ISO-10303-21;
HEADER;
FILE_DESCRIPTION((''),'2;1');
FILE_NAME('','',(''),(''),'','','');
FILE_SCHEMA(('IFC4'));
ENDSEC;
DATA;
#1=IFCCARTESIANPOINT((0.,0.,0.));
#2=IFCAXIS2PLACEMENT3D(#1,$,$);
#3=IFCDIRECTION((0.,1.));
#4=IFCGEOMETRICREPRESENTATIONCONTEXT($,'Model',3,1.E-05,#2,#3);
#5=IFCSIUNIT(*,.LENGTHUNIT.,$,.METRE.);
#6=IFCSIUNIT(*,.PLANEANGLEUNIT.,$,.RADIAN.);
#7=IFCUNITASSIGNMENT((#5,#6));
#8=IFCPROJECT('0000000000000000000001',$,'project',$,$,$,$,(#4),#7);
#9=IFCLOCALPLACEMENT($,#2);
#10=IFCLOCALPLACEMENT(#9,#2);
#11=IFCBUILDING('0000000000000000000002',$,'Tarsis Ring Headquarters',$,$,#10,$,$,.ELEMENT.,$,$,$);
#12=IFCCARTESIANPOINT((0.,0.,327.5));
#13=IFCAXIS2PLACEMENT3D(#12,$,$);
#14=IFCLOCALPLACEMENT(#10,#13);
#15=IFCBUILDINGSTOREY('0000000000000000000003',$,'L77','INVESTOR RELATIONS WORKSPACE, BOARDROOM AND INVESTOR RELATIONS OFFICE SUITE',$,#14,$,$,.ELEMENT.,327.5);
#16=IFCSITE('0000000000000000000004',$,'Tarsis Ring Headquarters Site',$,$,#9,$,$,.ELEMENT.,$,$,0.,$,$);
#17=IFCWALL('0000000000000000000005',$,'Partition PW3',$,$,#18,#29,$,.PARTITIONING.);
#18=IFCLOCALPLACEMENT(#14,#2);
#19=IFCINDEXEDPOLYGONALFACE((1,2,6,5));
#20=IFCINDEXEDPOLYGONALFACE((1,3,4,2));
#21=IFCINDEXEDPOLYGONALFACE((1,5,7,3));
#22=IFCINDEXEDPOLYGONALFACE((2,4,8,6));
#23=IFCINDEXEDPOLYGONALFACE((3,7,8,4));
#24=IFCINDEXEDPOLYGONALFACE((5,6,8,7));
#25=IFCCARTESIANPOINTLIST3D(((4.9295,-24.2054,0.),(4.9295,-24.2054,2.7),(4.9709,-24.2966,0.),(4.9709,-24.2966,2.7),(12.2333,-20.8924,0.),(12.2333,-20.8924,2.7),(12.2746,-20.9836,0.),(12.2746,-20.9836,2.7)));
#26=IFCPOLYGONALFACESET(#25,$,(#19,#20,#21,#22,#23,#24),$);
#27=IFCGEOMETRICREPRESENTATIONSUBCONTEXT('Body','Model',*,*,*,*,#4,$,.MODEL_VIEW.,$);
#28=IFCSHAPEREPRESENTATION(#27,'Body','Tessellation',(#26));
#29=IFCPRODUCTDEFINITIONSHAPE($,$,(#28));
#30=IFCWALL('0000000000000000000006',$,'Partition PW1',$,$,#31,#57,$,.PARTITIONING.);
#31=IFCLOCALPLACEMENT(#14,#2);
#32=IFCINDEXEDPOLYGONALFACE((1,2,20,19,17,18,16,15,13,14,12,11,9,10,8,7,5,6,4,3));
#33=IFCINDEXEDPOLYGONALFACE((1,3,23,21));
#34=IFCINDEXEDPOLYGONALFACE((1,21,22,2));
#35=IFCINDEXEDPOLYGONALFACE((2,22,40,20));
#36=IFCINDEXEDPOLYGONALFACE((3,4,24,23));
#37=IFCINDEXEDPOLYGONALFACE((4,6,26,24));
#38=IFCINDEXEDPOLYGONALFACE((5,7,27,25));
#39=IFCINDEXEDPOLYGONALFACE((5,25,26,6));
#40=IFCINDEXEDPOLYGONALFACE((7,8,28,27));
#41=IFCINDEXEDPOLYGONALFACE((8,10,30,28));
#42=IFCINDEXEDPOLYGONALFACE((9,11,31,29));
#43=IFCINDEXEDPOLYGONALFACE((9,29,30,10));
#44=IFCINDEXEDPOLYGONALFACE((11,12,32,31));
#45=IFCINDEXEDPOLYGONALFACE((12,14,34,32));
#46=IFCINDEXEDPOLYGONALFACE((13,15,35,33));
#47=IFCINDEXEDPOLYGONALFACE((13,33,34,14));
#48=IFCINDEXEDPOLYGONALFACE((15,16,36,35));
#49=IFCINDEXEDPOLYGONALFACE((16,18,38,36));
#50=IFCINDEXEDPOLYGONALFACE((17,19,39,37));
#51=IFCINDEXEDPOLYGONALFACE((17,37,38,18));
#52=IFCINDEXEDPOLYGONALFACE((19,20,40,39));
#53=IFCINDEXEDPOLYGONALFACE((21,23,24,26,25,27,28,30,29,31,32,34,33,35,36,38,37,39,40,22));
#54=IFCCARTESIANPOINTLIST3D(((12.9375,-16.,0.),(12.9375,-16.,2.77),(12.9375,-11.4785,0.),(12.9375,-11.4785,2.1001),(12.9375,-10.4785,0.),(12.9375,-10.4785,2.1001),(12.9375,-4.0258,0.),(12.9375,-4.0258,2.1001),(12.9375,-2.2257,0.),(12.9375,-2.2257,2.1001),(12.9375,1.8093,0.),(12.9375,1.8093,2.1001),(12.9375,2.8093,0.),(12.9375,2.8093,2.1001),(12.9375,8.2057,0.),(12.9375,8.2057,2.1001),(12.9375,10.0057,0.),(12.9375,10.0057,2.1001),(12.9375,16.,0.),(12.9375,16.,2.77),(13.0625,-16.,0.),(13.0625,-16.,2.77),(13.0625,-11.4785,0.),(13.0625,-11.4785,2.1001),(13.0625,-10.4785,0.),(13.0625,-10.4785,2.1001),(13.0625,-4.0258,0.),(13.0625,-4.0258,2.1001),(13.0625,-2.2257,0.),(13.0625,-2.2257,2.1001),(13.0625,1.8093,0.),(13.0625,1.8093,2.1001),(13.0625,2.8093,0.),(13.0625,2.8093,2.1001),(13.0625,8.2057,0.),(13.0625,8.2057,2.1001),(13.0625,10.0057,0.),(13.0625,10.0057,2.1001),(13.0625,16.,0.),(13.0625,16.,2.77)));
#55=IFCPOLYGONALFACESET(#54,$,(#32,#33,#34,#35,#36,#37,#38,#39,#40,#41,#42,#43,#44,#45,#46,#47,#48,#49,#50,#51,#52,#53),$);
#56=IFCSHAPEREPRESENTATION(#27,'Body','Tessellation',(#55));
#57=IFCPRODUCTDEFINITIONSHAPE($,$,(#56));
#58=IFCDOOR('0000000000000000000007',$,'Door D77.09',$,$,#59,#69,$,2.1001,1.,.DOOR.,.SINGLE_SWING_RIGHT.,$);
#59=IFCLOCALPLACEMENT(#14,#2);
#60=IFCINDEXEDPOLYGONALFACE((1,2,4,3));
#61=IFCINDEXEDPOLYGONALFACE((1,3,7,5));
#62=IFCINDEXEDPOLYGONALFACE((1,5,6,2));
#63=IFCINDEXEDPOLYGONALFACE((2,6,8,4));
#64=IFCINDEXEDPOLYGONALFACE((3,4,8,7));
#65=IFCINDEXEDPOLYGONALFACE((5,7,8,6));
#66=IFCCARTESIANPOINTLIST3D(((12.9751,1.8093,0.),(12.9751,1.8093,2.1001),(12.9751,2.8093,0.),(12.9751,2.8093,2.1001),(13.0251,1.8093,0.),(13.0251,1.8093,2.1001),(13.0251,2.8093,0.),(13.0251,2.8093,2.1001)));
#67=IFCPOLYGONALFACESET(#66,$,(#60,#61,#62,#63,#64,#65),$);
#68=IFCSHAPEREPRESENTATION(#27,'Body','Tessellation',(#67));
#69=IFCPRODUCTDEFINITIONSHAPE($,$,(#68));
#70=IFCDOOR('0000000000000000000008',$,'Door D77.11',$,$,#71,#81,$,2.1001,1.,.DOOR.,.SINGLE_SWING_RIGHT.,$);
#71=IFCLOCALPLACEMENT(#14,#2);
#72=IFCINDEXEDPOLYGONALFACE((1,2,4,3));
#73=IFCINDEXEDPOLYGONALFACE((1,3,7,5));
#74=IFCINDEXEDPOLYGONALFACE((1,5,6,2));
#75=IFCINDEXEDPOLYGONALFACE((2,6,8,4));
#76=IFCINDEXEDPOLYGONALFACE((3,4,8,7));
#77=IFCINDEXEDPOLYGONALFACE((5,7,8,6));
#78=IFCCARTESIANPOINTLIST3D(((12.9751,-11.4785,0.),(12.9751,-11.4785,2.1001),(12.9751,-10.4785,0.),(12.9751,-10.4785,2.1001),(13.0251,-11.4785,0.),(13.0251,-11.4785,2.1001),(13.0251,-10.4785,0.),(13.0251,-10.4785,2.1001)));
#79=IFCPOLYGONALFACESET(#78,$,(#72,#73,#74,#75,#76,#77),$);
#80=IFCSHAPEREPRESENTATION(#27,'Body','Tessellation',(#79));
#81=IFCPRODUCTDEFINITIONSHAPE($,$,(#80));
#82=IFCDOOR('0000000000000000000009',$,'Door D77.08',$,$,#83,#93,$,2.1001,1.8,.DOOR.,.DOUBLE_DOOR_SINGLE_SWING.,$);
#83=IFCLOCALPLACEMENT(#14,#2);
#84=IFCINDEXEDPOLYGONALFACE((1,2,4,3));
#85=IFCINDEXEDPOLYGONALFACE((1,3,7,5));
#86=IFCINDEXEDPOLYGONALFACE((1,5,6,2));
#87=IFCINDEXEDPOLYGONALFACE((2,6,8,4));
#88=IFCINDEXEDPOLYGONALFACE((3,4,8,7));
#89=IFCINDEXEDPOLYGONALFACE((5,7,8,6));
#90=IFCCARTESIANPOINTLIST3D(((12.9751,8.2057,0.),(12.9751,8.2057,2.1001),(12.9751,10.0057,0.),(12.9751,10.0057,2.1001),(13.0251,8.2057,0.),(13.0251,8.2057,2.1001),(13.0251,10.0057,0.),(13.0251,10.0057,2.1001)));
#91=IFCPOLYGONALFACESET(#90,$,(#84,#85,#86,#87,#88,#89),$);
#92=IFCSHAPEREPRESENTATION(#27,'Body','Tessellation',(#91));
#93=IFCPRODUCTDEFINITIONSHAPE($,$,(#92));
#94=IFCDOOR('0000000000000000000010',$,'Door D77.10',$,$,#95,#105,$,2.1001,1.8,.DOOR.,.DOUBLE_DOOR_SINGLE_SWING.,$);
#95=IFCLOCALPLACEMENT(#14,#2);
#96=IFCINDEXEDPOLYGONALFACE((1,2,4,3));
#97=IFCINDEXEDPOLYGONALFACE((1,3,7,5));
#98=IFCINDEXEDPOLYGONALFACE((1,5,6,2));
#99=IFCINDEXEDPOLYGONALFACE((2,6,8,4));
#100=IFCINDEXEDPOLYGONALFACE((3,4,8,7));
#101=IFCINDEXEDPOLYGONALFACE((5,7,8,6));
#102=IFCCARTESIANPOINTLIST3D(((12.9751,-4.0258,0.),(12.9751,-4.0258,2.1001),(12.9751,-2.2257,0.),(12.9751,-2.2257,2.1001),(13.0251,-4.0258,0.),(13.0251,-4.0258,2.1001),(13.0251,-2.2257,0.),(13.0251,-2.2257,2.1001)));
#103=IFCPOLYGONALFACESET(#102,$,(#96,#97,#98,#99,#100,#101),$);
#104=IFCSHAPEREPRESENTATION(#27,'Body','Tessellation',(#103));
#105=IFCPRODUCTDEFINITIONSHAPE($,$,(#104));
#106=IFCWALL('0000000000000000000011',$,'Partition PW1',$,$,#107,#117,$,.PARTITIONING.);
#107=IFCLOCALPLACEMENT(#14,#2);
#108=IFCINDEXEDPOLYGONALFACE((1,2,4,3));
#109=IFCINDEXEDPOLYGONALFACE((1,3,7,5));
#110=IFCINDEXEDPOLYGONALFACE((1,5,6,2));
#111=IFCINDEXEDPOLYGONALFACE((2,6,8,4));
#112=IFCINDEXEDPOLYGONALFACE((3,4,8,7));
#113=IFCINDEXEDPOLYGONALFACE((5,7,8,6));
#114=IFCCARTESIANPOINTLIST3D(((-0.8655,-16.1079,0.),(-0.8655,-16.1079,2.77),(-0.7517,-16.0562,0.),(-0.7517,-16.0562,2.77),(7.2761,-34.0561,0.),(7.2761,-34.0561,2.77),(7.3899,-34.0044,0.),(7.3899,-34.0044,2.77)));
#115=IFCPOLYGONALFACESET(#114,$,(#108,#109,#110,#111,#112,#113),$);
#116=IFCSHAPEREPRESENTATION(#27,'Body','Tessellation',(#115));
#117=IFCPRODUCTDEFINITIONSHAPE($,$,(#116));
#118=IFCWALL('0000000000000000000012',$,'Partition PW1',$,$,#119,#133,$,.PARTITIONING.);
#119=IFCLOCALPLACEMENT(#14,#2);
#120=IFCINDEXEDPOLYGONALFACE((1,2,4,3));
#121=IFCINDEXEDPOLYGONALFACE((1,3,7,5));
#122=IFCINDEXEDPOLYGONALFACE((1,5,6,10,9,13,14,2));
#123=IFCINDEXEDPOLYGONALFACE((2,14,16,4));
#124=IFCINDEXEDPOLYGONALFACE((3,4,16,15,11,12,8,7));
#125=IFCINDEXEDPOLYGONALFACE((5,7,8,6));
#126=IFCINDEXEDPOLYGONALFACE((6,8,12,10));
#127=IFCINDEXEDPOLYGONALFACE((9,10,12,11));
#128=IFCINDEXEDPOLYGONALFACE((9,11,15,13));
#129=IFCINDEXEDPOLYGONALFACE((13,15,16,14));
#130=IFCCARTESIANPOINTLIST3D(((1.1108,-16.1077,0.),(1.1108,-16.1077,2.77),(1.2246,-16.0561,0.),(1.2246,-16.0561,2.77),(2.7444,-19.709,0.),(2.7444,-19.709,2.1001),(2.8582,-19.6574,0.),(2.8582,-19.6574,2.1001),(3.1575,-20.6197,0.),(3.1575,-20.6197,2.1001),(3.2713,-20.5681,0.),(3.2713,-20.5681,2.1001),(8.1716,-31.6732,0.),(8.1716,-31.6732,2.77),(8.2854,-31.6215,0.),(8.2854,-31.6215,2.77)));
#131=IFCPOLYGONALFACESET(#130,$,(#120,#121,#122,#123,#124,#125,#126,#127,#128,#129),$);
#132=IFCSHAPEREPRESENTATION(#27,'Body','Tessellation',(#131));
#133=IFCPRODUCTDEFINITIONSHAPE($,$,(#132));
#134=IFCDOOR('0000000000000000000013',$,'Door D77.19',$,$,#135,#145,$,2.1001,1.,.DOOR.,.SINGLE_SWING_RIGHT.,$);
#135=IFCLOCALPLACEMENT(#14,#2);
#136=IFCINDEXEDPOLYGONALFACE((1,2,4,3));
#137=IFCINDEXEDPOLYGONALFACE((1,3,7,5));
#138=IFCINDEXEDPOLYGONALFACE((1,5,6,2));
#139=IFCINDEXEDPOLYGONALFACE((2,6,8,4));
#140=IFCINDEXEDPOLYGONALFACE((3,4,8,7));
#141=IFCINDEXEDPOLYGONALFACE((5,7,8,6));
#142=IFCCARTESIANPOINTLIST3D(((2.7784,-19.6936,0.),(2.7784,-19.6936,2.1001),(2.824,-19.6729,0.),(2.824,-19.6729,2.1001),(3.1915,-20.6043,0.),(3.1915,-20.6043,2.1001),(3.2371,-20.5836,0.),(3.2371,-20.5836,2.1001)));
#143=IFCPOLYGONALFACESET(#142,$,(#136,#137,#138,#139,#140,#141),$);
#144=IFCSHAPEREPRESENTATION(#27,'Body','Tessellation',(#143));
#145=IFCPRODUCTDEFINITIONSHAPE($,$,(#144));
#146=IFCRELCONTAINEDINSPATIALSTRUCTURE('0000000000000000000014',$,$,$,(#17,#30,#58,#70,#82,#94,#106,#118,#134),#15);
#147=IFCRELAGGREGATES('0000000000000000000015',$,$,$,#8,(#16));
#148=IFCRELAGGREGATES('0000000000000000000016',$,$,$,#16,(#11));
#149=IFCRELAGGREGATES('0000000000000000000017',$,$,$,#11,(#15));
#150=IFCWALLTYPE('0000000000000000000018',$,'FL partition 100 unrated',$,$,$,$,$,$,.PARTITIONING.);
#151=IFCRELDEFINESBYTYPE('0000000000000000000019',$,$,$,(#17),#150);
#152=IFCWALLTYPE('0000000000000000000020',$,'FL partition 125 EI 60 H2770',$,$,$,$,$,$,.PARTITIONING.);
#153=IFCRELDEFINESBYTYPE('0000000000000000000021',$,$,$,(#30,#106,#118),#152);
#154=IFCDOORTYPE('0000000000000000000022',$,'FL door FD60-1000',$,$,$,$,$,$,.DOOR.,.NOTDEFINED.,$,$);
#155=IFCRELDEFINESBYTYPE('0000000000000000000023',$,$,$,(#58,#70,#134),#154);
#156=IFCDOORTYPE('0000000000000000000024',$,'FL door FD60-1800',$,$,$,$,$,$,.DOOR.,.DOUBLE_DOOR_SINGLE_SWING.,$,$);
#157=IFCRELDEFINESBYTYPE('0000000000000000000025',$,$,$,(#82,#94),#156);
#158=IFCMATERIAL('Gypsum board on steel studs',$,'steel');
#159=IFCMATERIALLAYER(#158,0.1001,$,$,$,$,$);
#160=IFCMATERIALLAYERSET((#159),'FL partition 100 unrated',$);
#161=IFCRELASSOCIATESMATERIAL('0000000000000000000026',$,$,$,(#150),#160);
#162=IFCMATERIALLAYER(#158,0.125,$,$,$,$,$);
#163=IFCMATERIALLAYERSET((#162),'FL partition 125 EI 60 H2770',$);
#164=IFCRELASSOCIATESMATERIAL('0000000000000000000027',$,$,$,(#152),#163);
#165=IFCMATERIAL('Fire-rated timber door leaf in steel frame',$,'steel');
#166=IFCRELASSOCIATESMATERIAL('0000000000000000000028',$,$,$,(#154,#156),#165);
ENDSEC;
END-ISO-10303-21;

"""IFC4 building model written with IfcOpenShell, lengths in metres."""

from ifc_helpers import new_model, si_unit, direction, frame, frame_2d, origin, place, context, subcontext, project, spatial, rectangle, extrude, material, layer, layer_set, type_object, element, fill, save


model = new_model("IFC4")

# Units and contexts
model_context = context("Model", 3, precision=1e-05, world=origin(), true_north=direction((0.0, 1.0)))
body_context = subcontext(model_context, "Body", "Model", "MODEL_VIEW")
ifc_project = project(units=[si_unit("LENGTHUNIT", "METRE"), si_unit("PLANEANGLEUNIT", "RADIAN")], contexts=[model_context])

# Site, building, storey
site_placement = place(None, origin())
site = spatial("IfcSite", under=ifc_project, at=site_placement, Name="Tarsis Ring Headquarters Site", CompositionType="ELEMENT", RefElevation=0.0)
building_placement = place(site_placement, origin())
building = spatial("IfcBuilding", under=site, at=building_placement, Name="Tarsis Ring Headquarters", CompositionType="ELEMENT")
storey_placement = place(building_placement, frame((0.0, 0.0, 327.5)))
storey = spatial("IfcBuildingStorey", under=building, at=storey_placement, Name="L77", Description="INVESTOR RELATIONS WORKSPACE, BOARDROOM AND INVESTOR RELATIONS OFFICE SUITE", CompositionType="ELEMENT", Elevation=327.5)

# Wall
ifc_material_1 = material(Name="Gypsum board on steel studs", Category="steel")
ifc_layer_1 = layer(ifc_material_1, 0.1001)
ifc_layer_set_1 = layer_set([ifc_layer_1], Name="FL partition 100 unrated")
wall_type_1 = type_object("IfcWallType", Name="FL partition 100 unrated", PredefinedType="PARTITIONING", material=ifc_layer_set_1)
wall_1_placement = place(storey_placement, frame((4.9502, -24.251, 0.0), z_axis=(0.0, 0.0, 1.0), x_axis=(0.910689, 0.413092, 0.0)))
element("IfcWall", 1, at=wall_1_placement, inside=storey, type_object=wall_type_1, Name="Partition PW3", PredefinedType="PARTITIONING", context=body_context, shape_type="SweptSolid", body=[
    extrude(rectangle(XDim=8.02, YDim=0.1001, at=frame_2d((4.01, 0.0))), origin(), (0.0, 0.0, 1.0), 2.7),
])

# Wall, openings, doors
ifc_layer_2 = layer(ifc_material_1, 0.125)
ifc_layer_set_2 = layer_set([ifc_layer_2], Name="FL partition 125 EI 60 H2770")
wall_type_2 = type_object("IfcWallType", Name="FL partition 125 EI 60 H2770", PredefinedType="PARTITIONING", material=ifc_layer_set_2)
wall_2_placement = place(storey_placement, frame((13.0, -16.0, 0.0), z_axis=(0.0, 0.0, 1.0), x_axis=(0.0, 1.0, 0.0)))
wall_2 = element("IfcWall", 2, at=wall_2_placement, inside=storey, type_object=wall_type_2, Name="Partition PW1", PredefinedType="PARTITIONING", context=body_context, shape_type="SweptSolid", body=[
    extrude(rectangle(XDim=32.0, YDim=0.125, at=frame_2d((16.0, 0.0))), origin(), (0.0, 0.0, 1.0), 2.77),
])
opening_1_placement = place(wall_2_placement, frame((24.2058, 0.0, 0.0)))
opening_1 = element("IfcOpeningElement", 3, at=opening_1_placement, cuts=wall_2, PredefinedType="OPENING", context=body_context, shape_type="SweptSolid", body=[
    extrude(rectangle(XDim=1.8, YDim=2.1001, at=frame_2d((0.8999, 1.05))), frame((0.0, 0.0725, 0.0), z_axis=(0.0, -1.0, 0.0), x_axis=(1.0, 0.0, 0.0)), (0.0, 0.0, 1.0), 0.145),
])
opening_2_placement = place(wall_2_placement, frame((17.8093, 0.0, 0.0)))
opening_2 = element("IfcOpeningElement", 4, at=opening_2_placement, cuts=wall_2, PredefinedType="OPENING", context=body_context, shape_type="SweptSolid", body=[
    extrude(rectangle(XDim=1.0, YDim=2.1001, at=frame_2d((0.5, 1.05))), frame((0.0, 0.0725, 0.0), z_axis=(0.0, -1.0, 0.0), x_axis=(1.0, 0.0, 0.0)), (0.0, 0.0, 1.0), 0.145),
])
opening_3_placement = place(wall_2_placement, frame((11.9744, 0.0, 0.0)))
opening_3 = element("IfcOpeningElement", 5, at=opening_3_placement, cuts=wall_2, PredefinedType="OPENING", context=body_context, shape_type="SweptSolid", body=[
    extrude(rectangle(XDim=1.8, YDim=2.1001, at=frame_2d((0.8999, 1.05))), frame((0.0, 0.0725, 0.0), z_axis=(0.0, -1.0, 0.0), x_axis=(1.0, 0.0, 0.0)), (0.0, 0.0, 1.0), 0.145),
])
opening_4_placement = place(wall_2_placement, frame((4.5215, 0.0, 0.0)))
opening_4 = element("IfcOpeningElement", 6, at=opening_4_placement, cuts=wall_2, PredefinedType="OPENING", context=body_context, shape_type="SweptSolid", body=[
    extrude(rectangle(XDim=1.0, YDim=2.1001, at=frame_2d((0.5, 1.05))), frame((0.0, 0.0725, 0.0), z_axis=(0.0, -1.0, 0.0), x_axis=(1.0, 0.0, 0.0)), (0.0, 0.0, 1.0), 0.145),
])
ifc_material_2 = material(Name="Fire-rated timber door leaf in steel frame", Category="steel")
door_type_1 = type_object("IfcDoorType", Name="FL door FD60-1000", OperationType="NOTDEFINED", PredefinedType="DOOR", material=ifc_material_2)
door_1_placement = place(opening_2_placement, origin())
door_1 = element("IfcDoor", 7, at=door_1_placement, inside=storey, type_object=door_type_1, Name="Door D77.09", OperationType="SINGLE_SWING_RIGHT", OverallHeight=2.1001, OverallWidth=1.0, PredefinedType="DOOR", context=body_context, shape_type="SweptSolid", body=[
    extrude(rectangle(XDim=1.0, YDim=2.1001, at=frame_2d((0.5, 1.05))), frame((0.0, 0.0249, 0.0), z_axis=(0.0, -1.0, 0.0), x_axis=(1.0, 0.0, 0.0)), (0.0, 0.0, 1.0), 0.05),
])
fill(opening_2, door_1)
door_2_placement = place(opening_4_placement, origin())
door_2 = element("IfcDoor", 8, at=door_2_placement, inside=storey, type_object=door_type_1, Name="Door D77.11", OperationType="SINGLE_SWING_RIGHT", OverallHeight=2.1001, OverallWidth=1.0, PredefinedType="DOOR", context=body_context, shape_type="SweptSolid", body=[
    extrude(rectangle(XDim=1.0, YDim=2.1001, at=frame_2d((0.5, 1.05))), frame((0.0, 0.0249, 0.0), z_axis=(0.0, -1.0, 0.0), x_axis=(1.0, 0.0, 0.0)), (0.0, 0.0, 1.0), 0.05),
])
fill(opening_4, door_2)
door_type_2 = type_object("IfcDoorType", Name="FL door FD60-1800", OperationType="DOUBLE_DOOR_SINGLE_SWING", PredefinedType="DOOR", material=ifc_material_2)
door_3_placement = place(opening_1_placement, origin())
door_3 = element("IfcDoor", 9, at=door_3_placement, inside=storey, type_object=door_type_2, Name="Door D77.08", OperationType="DOUBLE_DOOR_SINGLE_SWING", OverallHeight=2.1001, OverallWidth=1.8, PredefinedType="DOOR", context=body_context, shape_type="SweptSolid", body=[
    extrude(rectangle(XDim=1.8, YDim=2.1001, at=frame_2d((0.8999, 1.05))), frame((0.0, 0.0249, 0.0), z_axis=(0.0, -1.0, 0.0), x_axis=(1.0, 0.0, 0.0)), (0.0, 0.0, 1.0), 0.05),
])
fill(opening_1, door_3)
door_4_placement = place(opening_3_placement, origin())
door_4 = element("IfcDoor", 10, at=door_4_placement, inside=storey, type_object=door_type_2, Name="Door D77.10", OperationType="DOUBLE_DOOR_SINGLE_SWING", OverallHeight=2.1001, OverallWidth=1.8, PredefinedType="DOOR", context=body_context, shape_type="SweptSolid", body=[
    extrude(rectangle(XDim=1.8, YDim=2.1001, at=frame_2d((0.8999, 1.05))), frame((0.0, 0.0249, 0.0), z_axis=(0.0, -1.0, 0.0), x_axis=(1.0, 0.0, 0.0)), (0.0, 0.0, 1.0), 0.05),
])
fill(opening_3, door_4)

# Wall
wall_3_placement = place(storey_placement, frame((-0.8086, -16.082, 0.0), z_axis=(0.0, 0.0, 1.0), x_axis=(0.413101, -0.910685, 0.0)))
element("IfcWall", 11, at=wall_3_placement, inside=storey, type_object=wall_type_2, Name="Partition PW1", PredefinedType="PARTITIONING", context=body_context, shape_type="SweptSolid", body=[
    extrude(rectangle(XDim=19.7085, YDim=0.125, at=frame_2d((9.8542, 0.0))), origin(), (0.0, 0.0, 1.0), 2.77),
])

# Wall, opening, door
wall_4_placement = place(storey_placement, frame((1.1677, -16.082, 0.0), z_axis=(0.0, 0.0, 1.0), x_axis=(0.413104, -0.910684, 0.0)))
wall_4 = element("IfcWall", 12, at=wall_4_placement, inside=storey, type_object=wall_type_2, Name="Partition PW1", PredefinedType="PARTITIONING", context=body_context, shape_type="SweptSolid", body=[
    extrude(rectangle(XDim=17.092, YDim=0.125, at=frame_2d((8.5459, 0.0))), origin(), (0.0, 0.0, 1.0), 2.77),
])
opening_5_placement = place(wall_4_placement, frame((3.9543, 0.0, 0.0)))
opening_5 = element("IfcOpeningElement", 13, at=opening_5_placement, cuts=wall_4, PredefinedType="OPENING", context=body_context, shape_type="SweptSolid", body=[
    extrude(rectangle(XDim=1.0, YDim=2.1001, at=frame_2d((0.5, 1.05))), frame((0.0, 0.0725, 0.0), z_axis=(0.0, -1.0, 0.0), x_axis=(1.0, 0.0, 0.0)), (0.0, 0.0, 1.0), 0.145),
])
door_5_placement = place(opening_5_placement, origin())
door_5 = element("IfcDoor", 14, at=door_5_placement, inside=storey, type_object=door_type_1, Name="Door D77.19", OperationType="SINGLE_SWING_RIGHT", OverallHeight=2.1001, OverallWidth=1.0, PredefinedType="DOOR", context=body_context, shape_type="SweptSolid", body=[
    extrude(rectangle(XDim=1.0, YDim=2.1001, at=frame_2d((0.5, 1.05))), frame((0.0, 0.0249, 0.0), z_axis=(0.0, -1.0, 0.0), x_axis=(1.0, 0.0, 0.0)), (0.0, 0.0, 1.0), 0.05),
])
fill(opening_5, door_5)

save(model, "model.ifc")
